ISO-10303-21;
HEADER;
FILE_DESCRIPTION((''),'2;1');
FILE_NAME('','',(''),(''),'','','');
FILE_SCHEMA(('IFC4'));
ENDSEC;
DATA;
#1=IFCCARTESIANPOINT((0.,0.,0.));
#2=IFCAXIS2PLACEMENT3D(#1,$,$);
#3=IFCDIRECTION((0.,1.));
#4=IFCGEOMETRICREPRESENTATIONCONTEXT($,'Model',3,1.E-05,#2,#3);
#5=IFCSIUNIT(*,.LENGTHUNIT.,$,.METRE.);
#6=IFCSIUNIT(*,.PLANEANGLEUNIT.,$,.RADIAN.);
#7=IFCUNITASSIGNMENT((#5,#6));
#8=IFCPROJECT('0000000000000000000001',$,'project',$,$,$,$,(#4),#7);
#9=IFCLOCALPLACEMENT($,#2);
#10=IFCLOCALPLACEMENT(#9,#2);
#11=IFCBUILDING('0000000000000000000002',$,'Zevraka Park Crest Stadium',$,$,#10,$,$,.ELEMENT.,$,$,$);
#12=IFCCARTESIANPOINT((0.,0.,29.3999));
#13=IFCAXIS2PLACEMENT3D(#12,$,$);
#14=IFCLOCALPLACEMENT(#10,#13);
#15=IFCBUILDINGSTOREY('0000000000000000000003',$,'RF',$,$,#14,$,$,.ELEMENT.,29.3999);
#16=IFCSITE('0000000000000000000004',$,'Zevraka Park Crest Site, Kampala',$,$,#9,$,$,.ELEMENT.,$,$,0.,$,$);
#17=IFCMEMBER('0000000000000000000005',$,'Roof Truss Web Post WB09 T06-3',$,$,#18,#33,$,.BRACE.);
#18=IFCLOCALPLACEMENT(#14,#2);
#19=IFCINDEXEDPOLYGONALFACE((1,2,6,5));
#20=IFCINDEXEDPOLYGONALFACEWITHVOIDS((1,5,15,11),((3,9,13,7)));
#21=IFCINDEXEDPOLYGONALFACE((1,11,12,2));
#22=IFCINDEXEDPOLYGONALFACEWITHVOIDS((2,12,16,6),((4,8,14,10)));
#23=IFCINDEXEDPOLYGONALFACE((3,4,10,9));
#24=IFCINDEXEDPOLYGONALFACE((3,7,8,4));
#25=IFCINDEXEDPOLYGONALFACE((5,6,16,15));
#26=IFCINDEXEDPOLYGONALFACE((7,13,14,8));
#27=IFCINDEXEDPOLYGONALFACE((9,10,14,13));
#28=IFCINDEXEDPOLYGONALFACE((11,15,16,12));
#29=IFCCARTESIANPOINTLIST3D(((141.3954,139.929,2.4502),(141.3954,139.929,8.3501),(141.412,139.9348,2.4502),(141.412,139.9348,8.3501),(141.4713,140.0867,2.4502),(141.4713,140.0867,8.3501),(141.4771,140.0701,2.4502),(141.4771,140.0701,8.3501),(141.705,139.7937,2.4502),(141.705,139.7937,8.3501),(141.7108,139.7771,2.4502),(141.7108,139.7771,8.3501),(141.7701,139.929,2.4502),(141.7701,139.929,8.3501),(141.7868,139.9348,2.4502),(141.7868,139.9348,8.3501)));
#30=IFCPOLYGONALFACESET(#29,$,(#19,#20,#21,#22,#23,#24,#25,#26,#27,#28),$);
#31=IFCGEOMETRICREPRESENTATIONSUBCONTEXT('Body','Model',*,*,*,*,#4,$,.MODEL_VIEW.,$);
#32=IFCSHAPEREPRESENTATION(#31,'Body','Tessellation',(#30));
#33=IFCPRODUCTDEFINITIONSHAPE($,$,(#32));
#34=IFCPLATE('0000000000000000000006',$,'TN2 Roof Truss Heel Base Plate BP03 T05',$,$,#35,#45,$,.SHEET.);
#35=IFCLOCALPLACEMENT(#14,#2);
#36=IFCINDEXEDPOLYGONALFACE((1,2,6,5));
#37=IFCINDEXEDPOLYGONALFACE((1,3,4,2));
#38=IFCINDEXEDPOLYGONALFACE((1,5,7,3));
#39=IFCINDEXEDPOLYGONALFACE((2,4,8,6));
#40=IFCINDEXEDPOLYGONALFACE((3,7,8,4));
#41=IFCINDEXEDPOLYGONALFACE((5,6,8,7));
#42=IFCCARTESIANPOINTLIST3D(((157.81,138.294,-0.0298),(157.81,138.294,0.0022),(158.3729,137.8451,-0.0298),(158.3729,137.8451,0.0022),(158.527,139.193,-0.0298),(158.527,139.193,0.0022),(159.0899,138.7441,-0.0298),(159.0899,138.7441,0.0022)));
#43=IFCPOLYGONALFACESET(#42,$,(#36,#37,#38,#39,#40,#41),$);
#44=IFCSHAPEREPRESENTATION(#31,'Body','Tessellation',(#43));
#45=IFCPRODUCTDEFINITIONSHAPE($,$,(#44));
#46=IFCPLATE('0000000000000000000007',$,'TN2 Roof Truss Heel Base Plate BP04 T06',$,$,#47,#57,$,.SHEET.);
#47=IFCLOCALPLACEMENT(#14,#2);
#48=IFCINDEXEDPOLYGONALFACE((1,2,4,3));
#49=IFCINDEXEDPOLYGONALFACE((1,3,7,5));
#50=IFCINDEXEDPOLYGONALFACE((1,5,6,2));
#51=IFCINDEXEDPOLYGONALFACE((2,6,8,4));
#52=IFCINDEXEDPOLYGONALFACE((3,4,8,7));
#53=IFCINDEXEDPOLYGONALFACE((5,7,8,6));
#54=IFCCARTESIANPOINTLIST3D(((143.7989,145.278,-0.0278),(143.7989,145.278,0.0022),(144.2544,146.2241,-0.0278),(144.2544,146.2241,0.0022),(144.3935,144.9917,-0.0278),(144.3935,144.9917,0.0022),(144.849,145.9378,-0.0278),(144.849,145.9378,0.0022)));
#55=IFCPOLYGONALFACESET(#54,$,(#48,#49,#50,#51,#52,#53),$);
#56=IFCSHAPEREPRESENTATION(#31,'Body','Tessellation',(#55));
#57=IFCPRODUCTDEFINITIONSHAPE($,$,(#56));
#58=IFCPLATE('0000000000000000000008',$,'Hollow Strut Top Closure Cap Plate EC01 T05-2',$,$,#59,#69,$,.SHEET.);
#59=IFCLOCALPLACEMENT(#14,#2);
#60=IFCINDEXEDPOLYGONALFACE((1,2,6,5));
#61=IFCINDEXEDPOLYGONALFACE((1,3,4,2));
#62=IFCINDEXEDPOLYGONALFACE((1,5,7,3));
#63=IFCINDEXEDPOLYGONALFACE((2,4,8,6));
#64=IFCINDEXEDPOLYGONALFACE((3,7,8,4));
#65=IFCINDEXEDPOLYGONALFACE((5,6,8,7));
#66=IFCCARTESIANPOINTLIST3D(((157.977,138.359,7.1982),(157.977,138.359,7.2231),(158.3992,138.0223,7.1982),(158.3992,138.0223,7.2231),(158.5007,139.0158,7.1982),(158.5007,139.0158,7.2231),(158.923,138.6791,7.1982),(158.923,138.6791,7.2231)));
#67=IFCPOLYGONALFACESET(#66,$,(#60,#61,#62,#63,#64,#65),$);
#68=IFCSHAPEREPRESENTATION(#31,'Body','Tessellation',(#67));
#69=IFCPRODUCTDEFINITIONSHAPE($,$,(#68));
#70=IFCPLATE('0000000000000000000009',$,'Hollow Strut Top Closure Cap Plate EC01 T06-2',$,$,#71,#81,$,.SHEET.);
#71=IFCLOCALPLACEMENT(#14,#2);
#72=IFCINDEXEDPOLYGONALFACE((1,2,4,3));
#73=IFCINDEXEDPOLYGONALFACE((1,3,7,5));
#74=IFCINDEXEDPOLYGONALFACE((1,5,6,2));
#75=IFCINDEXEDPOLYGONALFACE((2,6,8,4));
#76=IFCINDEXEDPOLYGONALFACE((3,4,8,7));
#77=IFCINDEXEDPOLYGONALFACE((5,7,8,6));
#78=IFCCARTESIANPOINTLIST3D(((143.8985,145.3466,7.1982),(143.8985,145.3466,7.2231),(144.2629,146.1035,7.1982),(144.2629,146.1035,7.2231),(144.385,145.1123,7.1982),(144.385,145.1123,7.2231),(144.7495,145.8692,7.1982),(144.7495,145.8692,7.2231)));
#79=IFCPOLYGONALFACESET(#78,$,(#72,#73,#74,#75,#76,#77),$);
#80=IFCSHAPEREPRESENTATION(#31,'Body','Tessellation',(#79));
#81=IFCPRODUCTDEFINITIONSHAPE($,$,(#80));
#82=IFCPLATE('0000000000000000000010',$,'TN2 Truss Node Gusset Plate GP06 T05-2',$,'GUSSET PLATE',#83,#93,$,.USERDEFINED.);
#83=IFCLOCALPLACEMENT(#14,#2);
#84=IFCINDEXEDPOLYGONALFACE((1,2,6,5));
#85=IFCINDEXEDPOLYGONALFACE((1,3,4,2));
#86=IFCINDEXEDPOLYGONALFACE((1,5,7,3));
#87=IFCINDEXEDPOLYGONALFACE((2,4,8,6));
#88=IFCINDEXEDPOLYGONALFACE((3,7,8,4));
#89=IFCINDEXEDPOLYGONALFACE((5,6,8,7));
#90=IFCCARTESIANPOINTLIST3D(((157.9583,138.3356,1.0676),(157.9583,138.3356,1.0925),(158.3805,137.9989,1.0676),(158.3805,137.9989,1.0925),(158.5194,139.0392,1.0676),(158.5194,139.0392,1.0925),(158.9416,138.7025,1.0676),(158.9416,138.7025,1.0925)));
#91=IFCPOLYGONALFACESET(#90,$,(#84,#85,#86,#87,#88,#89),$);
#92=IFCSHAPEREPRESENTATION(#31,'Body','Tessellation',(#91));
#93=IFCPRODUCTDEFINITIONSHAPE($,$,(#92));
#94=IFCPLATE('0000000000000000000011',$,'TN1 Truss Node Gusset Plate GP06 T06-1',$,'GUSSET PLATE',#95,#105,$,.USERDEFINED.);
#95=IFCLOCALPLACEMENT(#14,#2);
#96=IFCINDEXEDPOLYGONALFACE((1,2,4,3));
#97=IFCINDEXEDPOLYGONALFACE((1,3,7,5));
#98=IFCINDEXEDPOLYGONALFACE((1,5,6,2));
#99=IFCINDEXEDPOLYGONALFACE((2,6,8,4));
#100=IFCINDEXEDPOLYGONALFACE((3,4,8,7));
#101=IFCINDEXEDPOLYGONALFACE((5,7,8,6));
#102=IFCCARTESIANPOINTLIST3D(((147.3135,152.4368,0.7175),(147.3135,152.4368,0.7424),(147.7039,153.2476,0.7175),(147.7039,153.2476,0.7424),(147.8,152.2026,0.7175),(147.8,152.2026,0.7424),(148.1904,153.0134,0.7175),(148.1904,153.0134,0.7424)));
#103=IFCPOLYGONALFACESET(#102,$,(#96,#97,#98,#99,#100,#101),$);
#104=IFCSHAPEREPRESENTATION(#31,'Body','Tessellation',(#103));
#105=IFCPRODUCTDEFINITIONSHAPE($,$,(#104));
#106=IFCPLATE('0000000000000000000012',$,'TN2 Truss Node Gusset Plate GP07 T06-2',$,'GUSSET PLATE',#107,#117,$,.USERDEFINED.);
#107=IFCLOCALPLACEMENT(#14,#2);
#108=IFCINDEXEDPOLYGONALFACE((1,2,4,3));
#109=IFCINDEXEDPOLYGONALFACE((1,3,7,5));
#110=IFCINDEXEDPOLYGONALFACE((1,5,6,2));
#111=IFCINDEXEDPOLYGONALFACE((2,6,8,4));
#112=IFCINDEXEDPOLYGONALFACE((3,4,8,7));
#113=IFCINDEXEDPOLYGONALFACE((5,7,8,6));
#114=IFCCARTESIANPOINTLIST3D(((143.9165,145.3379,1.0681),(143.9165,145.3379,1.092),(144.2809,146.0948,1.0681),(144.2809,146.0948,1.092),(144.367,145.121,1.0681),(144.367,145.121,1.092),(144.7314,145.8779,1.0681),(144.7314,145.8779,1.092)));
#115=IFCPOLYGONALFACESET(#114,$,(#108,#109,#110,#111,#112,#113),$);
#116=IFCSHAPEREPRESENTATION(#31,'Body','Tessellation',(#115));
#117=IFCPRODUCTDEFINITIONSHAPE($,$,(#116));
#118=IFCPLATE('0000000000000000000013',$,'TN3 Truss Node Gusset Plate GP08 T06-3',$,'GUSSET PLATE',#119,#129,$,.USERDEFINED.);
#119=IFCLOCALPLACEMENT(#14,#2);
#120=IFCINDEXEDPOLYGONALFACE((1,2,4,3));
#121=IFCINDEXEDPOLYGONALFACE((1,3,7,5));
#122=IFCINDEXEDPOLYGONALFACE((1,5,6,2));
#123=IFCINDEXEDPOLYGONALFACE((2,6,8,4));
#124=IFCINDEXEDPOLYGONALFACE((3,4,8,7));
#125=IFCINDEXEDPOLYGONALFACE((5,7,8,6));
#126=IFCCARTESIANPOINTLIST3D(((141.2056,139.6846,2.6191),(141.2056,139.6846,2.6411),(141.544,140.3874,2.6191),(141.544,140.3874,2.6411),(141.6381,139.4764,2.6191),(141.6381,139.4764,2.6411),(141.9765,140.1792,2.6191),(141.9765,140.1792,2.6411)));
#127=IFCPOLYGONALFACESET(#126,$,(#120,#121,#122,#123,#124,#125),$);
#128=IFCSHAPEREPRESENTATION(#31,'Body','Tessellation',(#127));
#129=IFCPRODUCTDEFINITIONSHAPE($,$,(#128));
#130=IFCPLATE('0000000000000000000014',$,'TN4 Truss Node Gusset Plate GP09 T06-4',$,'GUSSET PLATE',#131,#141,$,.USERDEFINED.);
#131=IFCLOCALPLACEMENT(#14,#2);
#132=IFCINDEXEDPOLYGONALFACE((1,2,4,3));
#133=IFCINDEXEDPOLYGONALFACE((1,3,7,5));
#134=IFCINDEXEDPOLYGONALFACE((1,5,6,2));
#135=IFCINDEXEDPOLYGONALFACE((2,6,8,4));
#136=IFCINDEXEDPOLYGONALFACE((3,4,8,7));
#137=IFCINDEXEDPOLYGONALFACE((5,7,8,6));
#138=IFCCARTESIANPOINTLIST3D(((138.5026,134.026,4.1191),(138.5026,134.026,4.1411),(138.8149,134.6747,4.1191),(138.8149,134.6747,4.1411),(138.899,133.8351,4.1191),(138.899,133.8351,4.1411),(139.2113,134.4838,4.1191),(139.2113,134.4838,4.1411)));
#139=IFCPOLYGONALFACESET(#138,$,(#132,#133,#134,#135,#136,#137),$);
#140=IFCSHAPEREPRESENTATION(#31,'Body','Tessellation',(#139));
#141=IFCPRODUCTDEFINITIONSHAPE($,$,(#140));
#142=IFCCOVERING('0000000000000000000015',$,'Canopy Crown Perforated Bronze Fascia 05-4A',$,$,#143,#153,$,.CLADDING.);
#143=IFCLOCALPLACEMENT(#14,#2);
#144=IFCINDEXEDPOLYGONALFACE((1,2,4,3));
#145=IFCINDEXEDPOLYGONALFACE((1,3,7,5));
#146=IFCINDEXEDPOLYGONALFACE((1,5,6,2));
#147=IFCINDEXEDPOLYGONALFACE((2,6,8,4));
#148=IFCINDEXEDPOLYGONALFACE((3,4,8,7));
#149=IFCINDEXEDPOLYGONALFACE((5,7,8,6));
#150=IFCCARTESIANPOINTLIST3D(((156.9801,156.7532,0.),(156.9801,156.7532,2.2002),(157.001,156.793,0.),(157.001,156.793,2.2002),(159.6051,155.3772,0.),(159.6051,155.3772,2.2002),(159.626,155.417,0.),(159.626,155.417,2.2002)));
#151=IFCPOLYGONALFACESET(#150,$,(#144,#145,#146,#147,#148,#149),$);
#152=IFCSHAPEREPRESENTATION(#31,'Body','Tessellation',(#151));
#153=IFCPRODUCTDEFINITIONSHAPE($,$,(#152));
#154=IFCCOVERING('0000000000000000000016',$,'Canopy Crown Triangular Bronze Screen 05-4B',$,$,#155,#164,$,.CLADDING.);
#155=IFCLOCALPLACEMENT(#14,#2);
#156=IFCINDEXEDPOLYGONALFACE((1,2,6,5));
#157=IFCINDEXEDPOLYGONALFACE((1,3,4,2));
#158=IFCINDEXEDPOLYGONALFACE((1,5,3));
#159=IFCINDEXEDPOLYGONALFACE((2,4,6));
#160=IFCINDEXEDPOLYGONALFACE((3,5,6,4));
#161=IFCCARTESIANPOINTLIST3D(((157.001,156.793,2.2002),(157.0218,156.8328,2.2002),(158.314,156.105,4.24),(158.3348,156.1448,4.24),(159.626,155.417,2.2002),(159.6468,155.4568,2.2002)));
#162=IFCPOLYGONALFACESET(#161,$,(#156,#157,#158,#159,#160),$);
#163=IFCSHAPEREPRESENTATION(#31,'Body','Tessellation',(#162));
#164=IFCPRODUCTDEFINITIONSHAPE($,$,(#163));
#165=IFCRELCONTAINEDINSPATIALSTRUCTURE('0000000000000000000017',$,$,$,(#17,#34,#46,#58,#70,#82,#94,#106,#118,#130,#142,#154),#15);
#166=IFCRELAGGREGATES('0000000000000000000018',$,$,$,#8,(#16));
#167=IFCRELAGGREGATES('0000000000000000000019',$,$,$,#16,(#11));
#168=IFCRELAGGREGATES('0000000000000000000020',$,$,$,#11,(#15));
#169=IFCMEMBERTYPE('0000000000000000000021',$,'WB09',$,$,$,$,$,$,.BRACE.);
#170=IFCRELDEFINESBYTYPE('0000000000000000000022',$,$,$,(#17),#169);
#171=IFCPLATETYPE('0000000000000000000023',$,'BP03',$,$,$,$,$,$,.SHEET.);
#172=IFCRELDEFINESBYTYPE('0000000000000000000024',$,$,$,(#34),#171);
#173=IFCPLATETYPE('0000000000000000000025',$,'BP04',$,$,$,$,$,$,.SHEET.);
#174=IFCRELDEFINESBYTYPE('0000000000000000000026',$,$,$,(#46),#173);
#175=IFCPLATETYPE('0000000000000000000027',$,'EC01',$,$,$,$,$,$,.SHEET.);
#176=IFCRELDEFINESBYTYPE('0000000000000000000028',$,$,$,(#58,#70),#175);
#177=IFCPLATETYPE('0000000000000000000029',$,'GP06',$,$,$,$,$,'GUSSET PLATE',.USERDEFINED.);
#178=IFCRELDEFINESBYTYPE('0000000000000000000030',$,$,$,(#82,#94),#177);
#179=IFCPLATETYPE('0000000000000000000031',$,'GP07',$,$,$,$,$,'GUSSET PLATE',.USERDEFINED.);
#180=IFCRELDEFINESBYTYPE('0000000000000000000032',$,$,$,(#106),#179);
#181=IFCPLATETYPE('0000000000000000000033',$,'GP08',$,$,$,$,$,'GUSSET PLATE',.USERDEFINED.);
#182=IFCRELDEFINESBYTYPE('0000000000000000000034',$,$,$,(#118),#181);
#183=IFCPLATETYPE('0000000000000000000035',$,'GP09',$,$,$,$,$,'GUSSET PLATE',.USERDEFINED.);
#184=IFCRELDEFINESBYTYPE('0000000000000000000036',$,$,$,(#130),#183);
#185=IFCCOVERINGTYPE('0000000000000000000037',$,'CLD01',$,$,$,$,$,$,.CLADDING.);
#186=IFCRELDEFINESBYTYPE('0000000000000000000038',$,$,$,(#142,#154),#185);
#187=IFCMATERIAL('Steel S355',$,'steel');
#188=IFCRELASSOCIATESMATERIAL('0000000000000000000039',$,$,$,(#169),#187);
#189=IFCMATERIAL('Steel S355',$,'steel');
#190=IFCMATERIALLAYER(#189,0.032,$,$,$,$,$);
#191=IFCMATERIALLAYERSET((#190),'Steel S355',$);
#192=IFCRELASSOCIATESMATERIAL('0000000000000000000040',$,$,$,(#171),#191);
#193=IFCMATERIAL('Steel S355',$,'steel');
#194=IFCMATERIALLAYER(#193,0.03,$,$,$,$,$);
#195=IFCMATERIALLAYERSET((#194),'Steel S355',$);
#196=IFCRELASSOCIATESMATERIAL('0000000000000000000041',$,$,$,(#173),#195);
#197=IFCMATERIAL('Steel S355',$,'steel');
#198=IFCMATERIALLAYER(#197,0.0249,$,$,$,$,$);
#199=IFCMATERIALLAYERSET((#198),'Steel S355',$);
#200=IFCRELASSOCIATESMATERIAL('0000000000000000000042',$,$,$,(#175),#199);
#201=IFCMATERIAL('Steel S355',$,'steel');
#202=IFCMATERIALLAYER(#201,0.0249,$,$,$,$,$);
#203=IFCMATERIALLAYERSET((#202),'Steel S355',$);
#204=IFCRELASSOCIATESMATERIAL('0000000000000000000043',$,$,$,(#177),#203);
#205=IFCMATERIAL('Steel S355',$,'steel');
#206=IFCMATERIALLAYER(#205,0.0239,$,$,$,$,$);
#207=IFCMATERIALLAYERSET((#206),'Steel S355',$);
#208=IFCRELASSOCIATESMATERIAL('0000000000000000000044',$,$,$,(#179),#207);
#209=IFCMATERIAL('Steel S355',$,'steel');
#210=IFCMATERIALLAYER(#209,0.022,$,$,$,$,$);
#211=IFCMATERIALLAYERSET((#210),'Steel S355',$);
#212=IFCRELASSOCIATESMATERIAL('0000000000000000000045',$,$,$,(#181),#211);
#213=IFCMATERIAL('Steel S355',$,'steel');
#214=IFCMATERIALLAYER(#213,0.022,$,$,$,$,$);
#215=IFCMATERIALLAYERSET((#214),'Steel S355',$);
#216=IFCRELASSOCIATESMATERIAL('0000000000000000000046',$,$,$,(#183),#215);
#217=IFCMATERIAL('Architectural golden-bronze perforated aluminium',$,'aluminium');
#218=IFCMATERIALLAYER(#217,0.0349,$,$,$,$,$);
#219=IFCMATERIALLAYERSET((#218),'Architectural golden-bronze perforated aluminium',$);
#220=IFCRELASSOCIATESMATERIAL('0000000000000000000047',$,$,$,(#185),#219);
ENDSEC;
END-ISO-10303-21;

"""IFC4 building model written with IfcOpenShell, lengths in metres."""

from ifc_helpers import new_model, si_unit, direction, frame, origin, origin_2d, place, context, subcontext, project, spatial, polyline, rectangle, hollow_rectangle, outline, extrude, material, layer, layer_set, material_profile, profile_set, type_object, element, save


model = new_model("IFC4")

# Units and contexts
model_context = context("Model", 3, precision=1e-05, world=origin(), true_north=direction((0.0, 1.0)))
body_context = subcontext(model_context, "Body", "Model", "MODEL_VIEW")
ifc_project = project(units=[si_unit("LENGTHUNIT", "METRE"), si_unit("PLANEANGLEUNIT", "RADIAN")], contexts=[model_context])

# Site, building, storey
site_placement = place(None, origin())
site = spatial("IfcSite", under=ifc_project, at=site_placement, Name="Zevraka Park Crest Site, Kampala", CompositionType="ELEMENT", RefElevation=0.0)
building_placement = place(site_placement, origin())
building = spatial("IfcBuilding", under=site, at=building_placement, Name="Zevraka Park Crest Stadium", CompositionType="ELEMENT")
storey_placement = place(building_placement, frame((0.0, 0.0, 29.3999)))
storey = spatial("IfcBuildingStorey", under=building, at=storey_placement, Name="RF", CompositionType="ELEMENT", Elevation=29.3999)

# Member
ifc_material_1 = material(Name="Steel S355", Category="steel")
ifc_material_profile_1 = material_profile(ifc_material_1, hollow_rectangle(XDim=0.175, YDim=0.3501, WallThickness=0.0125, at=origin_2d()), Name="RHS 350x175x12.5")
ifc_profile_set_1 = profile_set([ifc_material_profile_1], Name="Steel S355")
member_type_1 = type_object("IfcMemberType", Name="WB09", PredefinedType="BRACE", material=ifc_profile_set_1)
member_1_placement = place(storey_placement, frame((141.5911, 139.9319, 2.4502), z_axis=(0.0, 0.0, 1.0), x_axis=(0.433816, 0.901001, 0.0)))
element("IfcMember", 1, at=member_1_placement, inside=storey, type_object=member_type_1, Name="Roof Truss Web Post WB09 T06-3", PredefinedType="BRACE", context=body_context, shape_type="SweptSolid", body=[
    extrude(hollow_rectangle(XDim=0.175, YDim=0.3501, WallThickness=0.0125, at=origin_2d()), origin(), (0.0, 0.0, 1.0), 5.8999),
])

# Plates
ifc_material_2 = material(Name="Steel S355", Category="steel")
ifc_layer_1 = layer(ifc_material_2, 0.032)
ifc_layer_set_1 = layer_set([ifc_layer_1], Name="Steel S355")
plate_type_1 = type_object("IfcPlateType", Name="BP03", PredefinedType="SHEET", material=ifc_layer_set_1)
plate_1_placement = place(storey_placement, frame((158.45, 138.519, -0.0298), z_axis=(0.0, 0.0, 1.0), x_axis=(0.62347, 0.781847, 0.0)))
element("IfcPlate", 2, at=plate_1_placement, inside=storey, type_object=plate_type_1, Name="TN2 Roof Truss Heel Base Plate BP03 T05", PredefinedType="SHEET", context=body_context, shape_type="SweptSolid", body=[
    extrude(rectangle(XDim=1.1499, YDim=0.72, at=origin_2d()), origin(), (0.0, 0.0, 1.0), 0.032),
])
ifc_material_3 = material(Name="Steel S355", Category="steel")
ifc_layer_2 = layer(ifc_material_3, 0.03)
ifc_layer_set_2 = layer_set([ifc_layer_2], Name="Steel S355")
plate_type_2 = type_object("IfcPlateType", Name="BP04", PredefinedType="SHEET", material=ifc_layer_set_2)
plate_2_placement = place(storey_placement, frame((144.324, 145.6079, -0.0278), z_axis=(0.0, 0.0, 1.0), x_axis=(0.433816, 0.901001, 0.0)))
element("IfcPlate", 3, at=plate_2_placement, inside=storey, type_object=plate_type_2, Name="TN2 Roof Truss Heel Base Plate BP04 T06", PredefinedType="SHEET", context=body_context, shape_type="SweptSolid", body=[
    extrude(rectangle(XDim=1.05, YDim=0.6599, at=origin_2d()), origin(), (0.0, 0.0, 1.0), 0.03),
])
ifc_material_4 = material(Name="Steel S355", Category="steel")
ifc_layer_3 = layer(ifc_material_4, 0.0249)
ifc_layer_set_3 = layer_set([ifc_layer_3], Name="Steel S355")
plate_type_3 = type_object("IfcPlateType", Name="EC01", PredefinedType="SHEET", material=ifc_layer_set_3)
for number, where, z_axis, x_axis, name in (
    (4, (158.45, 138.519, 7.1982), (0.0, 0.0, 1.0), (0.62347, 0.781847, 0.0), "Hollow Strut Top Closure Cap Plate EC01 T05-2"),
    (5, (144.324, 145.6079, 7.1982), (0.0, 0.0, 1.0), (0.433816, 0.901001, 0.0), "Hollow Strut Top Closure Cap Plate EC01 T06-2"),
):
    element("IfcPlate", number, at=place(storey_placement, frame(where, z_axis=z_axis, x_axis=x_axis)), inside=storey, type_object=plate_type_3, Name=name, PredefinedType="SHEET", context=body_context, shape_type="SweptSolid", body=[
        extrude(rectangle(XDim=0.8401, YDim=0.54, at=origin_2d()), origin(), (0.0, 0.0, 1.0), 0.0249),
    ])
ifc_material_5 = material(Name="Steel S355", Category="steel")
ifc_layer_4 = layer(ifc_material_5, 0.0249)
ifc_layer_set_4 = layer_set([ifc_layer_4], Name="Steel S355")
plate_type_4 = type_object("IfcPlateType", Name="GP06", ElementType="GUSSET PLATE", PredefinedType="USERDEFINED", material=ifc_layer_set_4)
for number, where, z_axis, x_axis, name in (
    (6, (158.45, 138.519, 1.0676), (0.0, 0.0, 1.0), (0.62347, 0.781847, 0.0), "TN2 Truss Node Gusset Plate GP06 T05-2"),
    (7, (147.752, 152.7251, 0.7175), (0.0, 0.0, 1.0), (0.433816, 0.901001, 0.0), "TN1 Truss Node Gusset Plate GP06 T06-1"),
):
    element("IfcPlate", number, at=place(storey_placement, frame(where, z_axis=z_axis, x_axis=x_axis)), inside=storey, type_object=plate_type_4, Name=name, ObjectType="GUSSET PLATE", PredefinedType="USERDEFINED", context=body_context, shape_type="SweptSolid", body=[
        extrude(rectangle(XDim=0.8999, YDim=0.54, at=origin_2d()), origin(), (0.0, 0.0, 1.0), 0.0249),
    ])
ifc_material_6 = material(Name="Steel S355", Category="steel")
ifc_layer_5 = layer(ifc_material_6, 0.0239)
ifc_layer_set_5 = layer_set([ifc_layer_5], Name="Steel S355")
plate_type_5 = type_object("IfcPlateType", Name="GP07", ElementType="GUSSET PLATE", PredefinedType="USERDEFINED", material=ifc_layer_set_5)
plate_3_placement = place(storey_placement, frame((144.324, 145.6079, 1.0681), z_axis=(0.0, 0.0, 1.0), x_axis=(0.433816, 0.901001, 0.0)))
element("IfcPlate", 8, at=plate_3_placement, inside=storey, type_object=plate_type_5, Name="TN2 Truss Node Gusset Plate GP07 T06-2", ObjectType="GUSSET PLATE", PredefinedType="USERDEFINED", context=body_context, shape_type="SweptSolid", body=[
    extrude(rectangle(XDim=0.8401, YDim=0.5, at=origin_2d()), origin(), (0.0, 0.0, 1.0), 0.0239),
])
ifc_material_7 = material(Name="Steel S355", Category="steel")
ifc_layer_6 = layer(ifc_material_7, 0.022)
ifc_layer_set_6 = layer_set([ifc_layer_6], Name="Steel S355")
plate_type_6 = type_object("IfcPlateType", Name="GP08", ElementType="GUSSET PLATE", PredefinedType="USERDEFINED", material=ifc_layer_set_6)
plate_4_placement = place(storey_placement, frame((141.5911, 139.9319, 2.6191), z_axis=(0.0, 0.0, 1.0), x_axis=(0.433816, 0.901001, 0.0)))
element("IfcPlate", 9, at=plate_4_placement, inside=storey, type_object=plate_type_6, Name="TN3 Truss Node Gusset Plate GP08 T06-3", ObjectType="GUSSET PLATE", PredefinedType="USERDEFINED", context=body_context, shape_type="SweptSolid", body=[
    extrude(rectangle(XDim=0.78, YDim=0.48, at=origin_2d()), origin(), (0.0, 0.0, 1.0), 0.022),
])
ifc_material_8 = material(Name="Steel S355", Category="steel")
ifc_layer_7 = layer(ifc_material_8, 0.022)
ifc_layer_set_7 = layer_set([ifc_layer_7], Name="Steel S355")
plate_type_7 = type_object("IfcPlateType", Name="GP09", ElementType="GUSSET PLATE", PredefinedType="USERDEFINED", material=ifc_layer_set_7)
plate_5_placement = place(storey_placement, frame((138.8569, 134.2549, 4.1191), z_axis=(0.0, 0.0, 1.0), x_axis=(0.433816, 0.901001, 0.0)))
element("IfcPlate", 10, at=plate_5_placement, inside=storey, type_object=plate_type_7, Name="TN4 Truss Node Gusset Plate GP09 T06-4", ObjectType="GUSSET PLATE", PredefinedType="USERDEFINED", context=body_context, shape_type="SweptSolid", body=[
    extrude(rectangle(XDim=0.72, YDim=0.4399, at=origin_2d()), origin(), (0.0, 0.0, 1.0), 0.022),
])

# Coverings
ifc_material_9 = material(Name="Architectural golden-bronze perforated aluminium", Category="aluminium")
ifc_layer_8 = layer(ifc_material_9, 0.0349)
ifc_layer_set_8 = layer_set([ifc_layer_8], Name="Architectural golden-bronze perforated aluminium")
covering_type = type_object("IfcCoveringType", Name="CLD01", PredefinedType="CLADDING", material=ifc_layer_set_8)
covering_1_placement = place(storey_placement, frame((159.626, 155.417, 0.0), z_axis=(0.464266, 0.885696, 0.0), x_axis=(-0.885696, 0.464266, 0.0)))
element("IfcCovering", 11, at=covering_1_placement, inside=storey, type_object=covering_type, Name="Canopy Crown Perforated Bronze Fascia 05-4A", PredefinedType="CLADDING", context=body_context, shape_type="SweptSolid", body=[
    extrude(outline(polyline([(0.0, 0.0), (2.9638, 0.0), (2.9638, 2.2002), (0.0, 2.2002), (0.0, 0.0)])), origin(), (0.0, 0.0, -1.0), 0.0449),
])
covering_2_placement = place(storey_placement, frame((159.626, 155.417, 2.2002), z_axis=(-0.464266, -0.885696, 0.000111), x_axis=(-0.885696, 0.464266, 0.0)))
element("IfcCovering", 12, at=covering_2_placement, inside=storey, type_object=covering_type, Name="Canopy Crown Triangular Bronze Screen 05-4B", PredefinedType="CLADDING", context=body_context, shape_type="SweptSolid", body=[
    extrude(outline(polyline([(0.0, 0.0), (2.9638, 0.0), (1.4815, -2.0398), (0.0, 0.0)])), origin(), (0.0, 0.0, -1.0), 0.0449),
])

save(model, "model.ifc")
